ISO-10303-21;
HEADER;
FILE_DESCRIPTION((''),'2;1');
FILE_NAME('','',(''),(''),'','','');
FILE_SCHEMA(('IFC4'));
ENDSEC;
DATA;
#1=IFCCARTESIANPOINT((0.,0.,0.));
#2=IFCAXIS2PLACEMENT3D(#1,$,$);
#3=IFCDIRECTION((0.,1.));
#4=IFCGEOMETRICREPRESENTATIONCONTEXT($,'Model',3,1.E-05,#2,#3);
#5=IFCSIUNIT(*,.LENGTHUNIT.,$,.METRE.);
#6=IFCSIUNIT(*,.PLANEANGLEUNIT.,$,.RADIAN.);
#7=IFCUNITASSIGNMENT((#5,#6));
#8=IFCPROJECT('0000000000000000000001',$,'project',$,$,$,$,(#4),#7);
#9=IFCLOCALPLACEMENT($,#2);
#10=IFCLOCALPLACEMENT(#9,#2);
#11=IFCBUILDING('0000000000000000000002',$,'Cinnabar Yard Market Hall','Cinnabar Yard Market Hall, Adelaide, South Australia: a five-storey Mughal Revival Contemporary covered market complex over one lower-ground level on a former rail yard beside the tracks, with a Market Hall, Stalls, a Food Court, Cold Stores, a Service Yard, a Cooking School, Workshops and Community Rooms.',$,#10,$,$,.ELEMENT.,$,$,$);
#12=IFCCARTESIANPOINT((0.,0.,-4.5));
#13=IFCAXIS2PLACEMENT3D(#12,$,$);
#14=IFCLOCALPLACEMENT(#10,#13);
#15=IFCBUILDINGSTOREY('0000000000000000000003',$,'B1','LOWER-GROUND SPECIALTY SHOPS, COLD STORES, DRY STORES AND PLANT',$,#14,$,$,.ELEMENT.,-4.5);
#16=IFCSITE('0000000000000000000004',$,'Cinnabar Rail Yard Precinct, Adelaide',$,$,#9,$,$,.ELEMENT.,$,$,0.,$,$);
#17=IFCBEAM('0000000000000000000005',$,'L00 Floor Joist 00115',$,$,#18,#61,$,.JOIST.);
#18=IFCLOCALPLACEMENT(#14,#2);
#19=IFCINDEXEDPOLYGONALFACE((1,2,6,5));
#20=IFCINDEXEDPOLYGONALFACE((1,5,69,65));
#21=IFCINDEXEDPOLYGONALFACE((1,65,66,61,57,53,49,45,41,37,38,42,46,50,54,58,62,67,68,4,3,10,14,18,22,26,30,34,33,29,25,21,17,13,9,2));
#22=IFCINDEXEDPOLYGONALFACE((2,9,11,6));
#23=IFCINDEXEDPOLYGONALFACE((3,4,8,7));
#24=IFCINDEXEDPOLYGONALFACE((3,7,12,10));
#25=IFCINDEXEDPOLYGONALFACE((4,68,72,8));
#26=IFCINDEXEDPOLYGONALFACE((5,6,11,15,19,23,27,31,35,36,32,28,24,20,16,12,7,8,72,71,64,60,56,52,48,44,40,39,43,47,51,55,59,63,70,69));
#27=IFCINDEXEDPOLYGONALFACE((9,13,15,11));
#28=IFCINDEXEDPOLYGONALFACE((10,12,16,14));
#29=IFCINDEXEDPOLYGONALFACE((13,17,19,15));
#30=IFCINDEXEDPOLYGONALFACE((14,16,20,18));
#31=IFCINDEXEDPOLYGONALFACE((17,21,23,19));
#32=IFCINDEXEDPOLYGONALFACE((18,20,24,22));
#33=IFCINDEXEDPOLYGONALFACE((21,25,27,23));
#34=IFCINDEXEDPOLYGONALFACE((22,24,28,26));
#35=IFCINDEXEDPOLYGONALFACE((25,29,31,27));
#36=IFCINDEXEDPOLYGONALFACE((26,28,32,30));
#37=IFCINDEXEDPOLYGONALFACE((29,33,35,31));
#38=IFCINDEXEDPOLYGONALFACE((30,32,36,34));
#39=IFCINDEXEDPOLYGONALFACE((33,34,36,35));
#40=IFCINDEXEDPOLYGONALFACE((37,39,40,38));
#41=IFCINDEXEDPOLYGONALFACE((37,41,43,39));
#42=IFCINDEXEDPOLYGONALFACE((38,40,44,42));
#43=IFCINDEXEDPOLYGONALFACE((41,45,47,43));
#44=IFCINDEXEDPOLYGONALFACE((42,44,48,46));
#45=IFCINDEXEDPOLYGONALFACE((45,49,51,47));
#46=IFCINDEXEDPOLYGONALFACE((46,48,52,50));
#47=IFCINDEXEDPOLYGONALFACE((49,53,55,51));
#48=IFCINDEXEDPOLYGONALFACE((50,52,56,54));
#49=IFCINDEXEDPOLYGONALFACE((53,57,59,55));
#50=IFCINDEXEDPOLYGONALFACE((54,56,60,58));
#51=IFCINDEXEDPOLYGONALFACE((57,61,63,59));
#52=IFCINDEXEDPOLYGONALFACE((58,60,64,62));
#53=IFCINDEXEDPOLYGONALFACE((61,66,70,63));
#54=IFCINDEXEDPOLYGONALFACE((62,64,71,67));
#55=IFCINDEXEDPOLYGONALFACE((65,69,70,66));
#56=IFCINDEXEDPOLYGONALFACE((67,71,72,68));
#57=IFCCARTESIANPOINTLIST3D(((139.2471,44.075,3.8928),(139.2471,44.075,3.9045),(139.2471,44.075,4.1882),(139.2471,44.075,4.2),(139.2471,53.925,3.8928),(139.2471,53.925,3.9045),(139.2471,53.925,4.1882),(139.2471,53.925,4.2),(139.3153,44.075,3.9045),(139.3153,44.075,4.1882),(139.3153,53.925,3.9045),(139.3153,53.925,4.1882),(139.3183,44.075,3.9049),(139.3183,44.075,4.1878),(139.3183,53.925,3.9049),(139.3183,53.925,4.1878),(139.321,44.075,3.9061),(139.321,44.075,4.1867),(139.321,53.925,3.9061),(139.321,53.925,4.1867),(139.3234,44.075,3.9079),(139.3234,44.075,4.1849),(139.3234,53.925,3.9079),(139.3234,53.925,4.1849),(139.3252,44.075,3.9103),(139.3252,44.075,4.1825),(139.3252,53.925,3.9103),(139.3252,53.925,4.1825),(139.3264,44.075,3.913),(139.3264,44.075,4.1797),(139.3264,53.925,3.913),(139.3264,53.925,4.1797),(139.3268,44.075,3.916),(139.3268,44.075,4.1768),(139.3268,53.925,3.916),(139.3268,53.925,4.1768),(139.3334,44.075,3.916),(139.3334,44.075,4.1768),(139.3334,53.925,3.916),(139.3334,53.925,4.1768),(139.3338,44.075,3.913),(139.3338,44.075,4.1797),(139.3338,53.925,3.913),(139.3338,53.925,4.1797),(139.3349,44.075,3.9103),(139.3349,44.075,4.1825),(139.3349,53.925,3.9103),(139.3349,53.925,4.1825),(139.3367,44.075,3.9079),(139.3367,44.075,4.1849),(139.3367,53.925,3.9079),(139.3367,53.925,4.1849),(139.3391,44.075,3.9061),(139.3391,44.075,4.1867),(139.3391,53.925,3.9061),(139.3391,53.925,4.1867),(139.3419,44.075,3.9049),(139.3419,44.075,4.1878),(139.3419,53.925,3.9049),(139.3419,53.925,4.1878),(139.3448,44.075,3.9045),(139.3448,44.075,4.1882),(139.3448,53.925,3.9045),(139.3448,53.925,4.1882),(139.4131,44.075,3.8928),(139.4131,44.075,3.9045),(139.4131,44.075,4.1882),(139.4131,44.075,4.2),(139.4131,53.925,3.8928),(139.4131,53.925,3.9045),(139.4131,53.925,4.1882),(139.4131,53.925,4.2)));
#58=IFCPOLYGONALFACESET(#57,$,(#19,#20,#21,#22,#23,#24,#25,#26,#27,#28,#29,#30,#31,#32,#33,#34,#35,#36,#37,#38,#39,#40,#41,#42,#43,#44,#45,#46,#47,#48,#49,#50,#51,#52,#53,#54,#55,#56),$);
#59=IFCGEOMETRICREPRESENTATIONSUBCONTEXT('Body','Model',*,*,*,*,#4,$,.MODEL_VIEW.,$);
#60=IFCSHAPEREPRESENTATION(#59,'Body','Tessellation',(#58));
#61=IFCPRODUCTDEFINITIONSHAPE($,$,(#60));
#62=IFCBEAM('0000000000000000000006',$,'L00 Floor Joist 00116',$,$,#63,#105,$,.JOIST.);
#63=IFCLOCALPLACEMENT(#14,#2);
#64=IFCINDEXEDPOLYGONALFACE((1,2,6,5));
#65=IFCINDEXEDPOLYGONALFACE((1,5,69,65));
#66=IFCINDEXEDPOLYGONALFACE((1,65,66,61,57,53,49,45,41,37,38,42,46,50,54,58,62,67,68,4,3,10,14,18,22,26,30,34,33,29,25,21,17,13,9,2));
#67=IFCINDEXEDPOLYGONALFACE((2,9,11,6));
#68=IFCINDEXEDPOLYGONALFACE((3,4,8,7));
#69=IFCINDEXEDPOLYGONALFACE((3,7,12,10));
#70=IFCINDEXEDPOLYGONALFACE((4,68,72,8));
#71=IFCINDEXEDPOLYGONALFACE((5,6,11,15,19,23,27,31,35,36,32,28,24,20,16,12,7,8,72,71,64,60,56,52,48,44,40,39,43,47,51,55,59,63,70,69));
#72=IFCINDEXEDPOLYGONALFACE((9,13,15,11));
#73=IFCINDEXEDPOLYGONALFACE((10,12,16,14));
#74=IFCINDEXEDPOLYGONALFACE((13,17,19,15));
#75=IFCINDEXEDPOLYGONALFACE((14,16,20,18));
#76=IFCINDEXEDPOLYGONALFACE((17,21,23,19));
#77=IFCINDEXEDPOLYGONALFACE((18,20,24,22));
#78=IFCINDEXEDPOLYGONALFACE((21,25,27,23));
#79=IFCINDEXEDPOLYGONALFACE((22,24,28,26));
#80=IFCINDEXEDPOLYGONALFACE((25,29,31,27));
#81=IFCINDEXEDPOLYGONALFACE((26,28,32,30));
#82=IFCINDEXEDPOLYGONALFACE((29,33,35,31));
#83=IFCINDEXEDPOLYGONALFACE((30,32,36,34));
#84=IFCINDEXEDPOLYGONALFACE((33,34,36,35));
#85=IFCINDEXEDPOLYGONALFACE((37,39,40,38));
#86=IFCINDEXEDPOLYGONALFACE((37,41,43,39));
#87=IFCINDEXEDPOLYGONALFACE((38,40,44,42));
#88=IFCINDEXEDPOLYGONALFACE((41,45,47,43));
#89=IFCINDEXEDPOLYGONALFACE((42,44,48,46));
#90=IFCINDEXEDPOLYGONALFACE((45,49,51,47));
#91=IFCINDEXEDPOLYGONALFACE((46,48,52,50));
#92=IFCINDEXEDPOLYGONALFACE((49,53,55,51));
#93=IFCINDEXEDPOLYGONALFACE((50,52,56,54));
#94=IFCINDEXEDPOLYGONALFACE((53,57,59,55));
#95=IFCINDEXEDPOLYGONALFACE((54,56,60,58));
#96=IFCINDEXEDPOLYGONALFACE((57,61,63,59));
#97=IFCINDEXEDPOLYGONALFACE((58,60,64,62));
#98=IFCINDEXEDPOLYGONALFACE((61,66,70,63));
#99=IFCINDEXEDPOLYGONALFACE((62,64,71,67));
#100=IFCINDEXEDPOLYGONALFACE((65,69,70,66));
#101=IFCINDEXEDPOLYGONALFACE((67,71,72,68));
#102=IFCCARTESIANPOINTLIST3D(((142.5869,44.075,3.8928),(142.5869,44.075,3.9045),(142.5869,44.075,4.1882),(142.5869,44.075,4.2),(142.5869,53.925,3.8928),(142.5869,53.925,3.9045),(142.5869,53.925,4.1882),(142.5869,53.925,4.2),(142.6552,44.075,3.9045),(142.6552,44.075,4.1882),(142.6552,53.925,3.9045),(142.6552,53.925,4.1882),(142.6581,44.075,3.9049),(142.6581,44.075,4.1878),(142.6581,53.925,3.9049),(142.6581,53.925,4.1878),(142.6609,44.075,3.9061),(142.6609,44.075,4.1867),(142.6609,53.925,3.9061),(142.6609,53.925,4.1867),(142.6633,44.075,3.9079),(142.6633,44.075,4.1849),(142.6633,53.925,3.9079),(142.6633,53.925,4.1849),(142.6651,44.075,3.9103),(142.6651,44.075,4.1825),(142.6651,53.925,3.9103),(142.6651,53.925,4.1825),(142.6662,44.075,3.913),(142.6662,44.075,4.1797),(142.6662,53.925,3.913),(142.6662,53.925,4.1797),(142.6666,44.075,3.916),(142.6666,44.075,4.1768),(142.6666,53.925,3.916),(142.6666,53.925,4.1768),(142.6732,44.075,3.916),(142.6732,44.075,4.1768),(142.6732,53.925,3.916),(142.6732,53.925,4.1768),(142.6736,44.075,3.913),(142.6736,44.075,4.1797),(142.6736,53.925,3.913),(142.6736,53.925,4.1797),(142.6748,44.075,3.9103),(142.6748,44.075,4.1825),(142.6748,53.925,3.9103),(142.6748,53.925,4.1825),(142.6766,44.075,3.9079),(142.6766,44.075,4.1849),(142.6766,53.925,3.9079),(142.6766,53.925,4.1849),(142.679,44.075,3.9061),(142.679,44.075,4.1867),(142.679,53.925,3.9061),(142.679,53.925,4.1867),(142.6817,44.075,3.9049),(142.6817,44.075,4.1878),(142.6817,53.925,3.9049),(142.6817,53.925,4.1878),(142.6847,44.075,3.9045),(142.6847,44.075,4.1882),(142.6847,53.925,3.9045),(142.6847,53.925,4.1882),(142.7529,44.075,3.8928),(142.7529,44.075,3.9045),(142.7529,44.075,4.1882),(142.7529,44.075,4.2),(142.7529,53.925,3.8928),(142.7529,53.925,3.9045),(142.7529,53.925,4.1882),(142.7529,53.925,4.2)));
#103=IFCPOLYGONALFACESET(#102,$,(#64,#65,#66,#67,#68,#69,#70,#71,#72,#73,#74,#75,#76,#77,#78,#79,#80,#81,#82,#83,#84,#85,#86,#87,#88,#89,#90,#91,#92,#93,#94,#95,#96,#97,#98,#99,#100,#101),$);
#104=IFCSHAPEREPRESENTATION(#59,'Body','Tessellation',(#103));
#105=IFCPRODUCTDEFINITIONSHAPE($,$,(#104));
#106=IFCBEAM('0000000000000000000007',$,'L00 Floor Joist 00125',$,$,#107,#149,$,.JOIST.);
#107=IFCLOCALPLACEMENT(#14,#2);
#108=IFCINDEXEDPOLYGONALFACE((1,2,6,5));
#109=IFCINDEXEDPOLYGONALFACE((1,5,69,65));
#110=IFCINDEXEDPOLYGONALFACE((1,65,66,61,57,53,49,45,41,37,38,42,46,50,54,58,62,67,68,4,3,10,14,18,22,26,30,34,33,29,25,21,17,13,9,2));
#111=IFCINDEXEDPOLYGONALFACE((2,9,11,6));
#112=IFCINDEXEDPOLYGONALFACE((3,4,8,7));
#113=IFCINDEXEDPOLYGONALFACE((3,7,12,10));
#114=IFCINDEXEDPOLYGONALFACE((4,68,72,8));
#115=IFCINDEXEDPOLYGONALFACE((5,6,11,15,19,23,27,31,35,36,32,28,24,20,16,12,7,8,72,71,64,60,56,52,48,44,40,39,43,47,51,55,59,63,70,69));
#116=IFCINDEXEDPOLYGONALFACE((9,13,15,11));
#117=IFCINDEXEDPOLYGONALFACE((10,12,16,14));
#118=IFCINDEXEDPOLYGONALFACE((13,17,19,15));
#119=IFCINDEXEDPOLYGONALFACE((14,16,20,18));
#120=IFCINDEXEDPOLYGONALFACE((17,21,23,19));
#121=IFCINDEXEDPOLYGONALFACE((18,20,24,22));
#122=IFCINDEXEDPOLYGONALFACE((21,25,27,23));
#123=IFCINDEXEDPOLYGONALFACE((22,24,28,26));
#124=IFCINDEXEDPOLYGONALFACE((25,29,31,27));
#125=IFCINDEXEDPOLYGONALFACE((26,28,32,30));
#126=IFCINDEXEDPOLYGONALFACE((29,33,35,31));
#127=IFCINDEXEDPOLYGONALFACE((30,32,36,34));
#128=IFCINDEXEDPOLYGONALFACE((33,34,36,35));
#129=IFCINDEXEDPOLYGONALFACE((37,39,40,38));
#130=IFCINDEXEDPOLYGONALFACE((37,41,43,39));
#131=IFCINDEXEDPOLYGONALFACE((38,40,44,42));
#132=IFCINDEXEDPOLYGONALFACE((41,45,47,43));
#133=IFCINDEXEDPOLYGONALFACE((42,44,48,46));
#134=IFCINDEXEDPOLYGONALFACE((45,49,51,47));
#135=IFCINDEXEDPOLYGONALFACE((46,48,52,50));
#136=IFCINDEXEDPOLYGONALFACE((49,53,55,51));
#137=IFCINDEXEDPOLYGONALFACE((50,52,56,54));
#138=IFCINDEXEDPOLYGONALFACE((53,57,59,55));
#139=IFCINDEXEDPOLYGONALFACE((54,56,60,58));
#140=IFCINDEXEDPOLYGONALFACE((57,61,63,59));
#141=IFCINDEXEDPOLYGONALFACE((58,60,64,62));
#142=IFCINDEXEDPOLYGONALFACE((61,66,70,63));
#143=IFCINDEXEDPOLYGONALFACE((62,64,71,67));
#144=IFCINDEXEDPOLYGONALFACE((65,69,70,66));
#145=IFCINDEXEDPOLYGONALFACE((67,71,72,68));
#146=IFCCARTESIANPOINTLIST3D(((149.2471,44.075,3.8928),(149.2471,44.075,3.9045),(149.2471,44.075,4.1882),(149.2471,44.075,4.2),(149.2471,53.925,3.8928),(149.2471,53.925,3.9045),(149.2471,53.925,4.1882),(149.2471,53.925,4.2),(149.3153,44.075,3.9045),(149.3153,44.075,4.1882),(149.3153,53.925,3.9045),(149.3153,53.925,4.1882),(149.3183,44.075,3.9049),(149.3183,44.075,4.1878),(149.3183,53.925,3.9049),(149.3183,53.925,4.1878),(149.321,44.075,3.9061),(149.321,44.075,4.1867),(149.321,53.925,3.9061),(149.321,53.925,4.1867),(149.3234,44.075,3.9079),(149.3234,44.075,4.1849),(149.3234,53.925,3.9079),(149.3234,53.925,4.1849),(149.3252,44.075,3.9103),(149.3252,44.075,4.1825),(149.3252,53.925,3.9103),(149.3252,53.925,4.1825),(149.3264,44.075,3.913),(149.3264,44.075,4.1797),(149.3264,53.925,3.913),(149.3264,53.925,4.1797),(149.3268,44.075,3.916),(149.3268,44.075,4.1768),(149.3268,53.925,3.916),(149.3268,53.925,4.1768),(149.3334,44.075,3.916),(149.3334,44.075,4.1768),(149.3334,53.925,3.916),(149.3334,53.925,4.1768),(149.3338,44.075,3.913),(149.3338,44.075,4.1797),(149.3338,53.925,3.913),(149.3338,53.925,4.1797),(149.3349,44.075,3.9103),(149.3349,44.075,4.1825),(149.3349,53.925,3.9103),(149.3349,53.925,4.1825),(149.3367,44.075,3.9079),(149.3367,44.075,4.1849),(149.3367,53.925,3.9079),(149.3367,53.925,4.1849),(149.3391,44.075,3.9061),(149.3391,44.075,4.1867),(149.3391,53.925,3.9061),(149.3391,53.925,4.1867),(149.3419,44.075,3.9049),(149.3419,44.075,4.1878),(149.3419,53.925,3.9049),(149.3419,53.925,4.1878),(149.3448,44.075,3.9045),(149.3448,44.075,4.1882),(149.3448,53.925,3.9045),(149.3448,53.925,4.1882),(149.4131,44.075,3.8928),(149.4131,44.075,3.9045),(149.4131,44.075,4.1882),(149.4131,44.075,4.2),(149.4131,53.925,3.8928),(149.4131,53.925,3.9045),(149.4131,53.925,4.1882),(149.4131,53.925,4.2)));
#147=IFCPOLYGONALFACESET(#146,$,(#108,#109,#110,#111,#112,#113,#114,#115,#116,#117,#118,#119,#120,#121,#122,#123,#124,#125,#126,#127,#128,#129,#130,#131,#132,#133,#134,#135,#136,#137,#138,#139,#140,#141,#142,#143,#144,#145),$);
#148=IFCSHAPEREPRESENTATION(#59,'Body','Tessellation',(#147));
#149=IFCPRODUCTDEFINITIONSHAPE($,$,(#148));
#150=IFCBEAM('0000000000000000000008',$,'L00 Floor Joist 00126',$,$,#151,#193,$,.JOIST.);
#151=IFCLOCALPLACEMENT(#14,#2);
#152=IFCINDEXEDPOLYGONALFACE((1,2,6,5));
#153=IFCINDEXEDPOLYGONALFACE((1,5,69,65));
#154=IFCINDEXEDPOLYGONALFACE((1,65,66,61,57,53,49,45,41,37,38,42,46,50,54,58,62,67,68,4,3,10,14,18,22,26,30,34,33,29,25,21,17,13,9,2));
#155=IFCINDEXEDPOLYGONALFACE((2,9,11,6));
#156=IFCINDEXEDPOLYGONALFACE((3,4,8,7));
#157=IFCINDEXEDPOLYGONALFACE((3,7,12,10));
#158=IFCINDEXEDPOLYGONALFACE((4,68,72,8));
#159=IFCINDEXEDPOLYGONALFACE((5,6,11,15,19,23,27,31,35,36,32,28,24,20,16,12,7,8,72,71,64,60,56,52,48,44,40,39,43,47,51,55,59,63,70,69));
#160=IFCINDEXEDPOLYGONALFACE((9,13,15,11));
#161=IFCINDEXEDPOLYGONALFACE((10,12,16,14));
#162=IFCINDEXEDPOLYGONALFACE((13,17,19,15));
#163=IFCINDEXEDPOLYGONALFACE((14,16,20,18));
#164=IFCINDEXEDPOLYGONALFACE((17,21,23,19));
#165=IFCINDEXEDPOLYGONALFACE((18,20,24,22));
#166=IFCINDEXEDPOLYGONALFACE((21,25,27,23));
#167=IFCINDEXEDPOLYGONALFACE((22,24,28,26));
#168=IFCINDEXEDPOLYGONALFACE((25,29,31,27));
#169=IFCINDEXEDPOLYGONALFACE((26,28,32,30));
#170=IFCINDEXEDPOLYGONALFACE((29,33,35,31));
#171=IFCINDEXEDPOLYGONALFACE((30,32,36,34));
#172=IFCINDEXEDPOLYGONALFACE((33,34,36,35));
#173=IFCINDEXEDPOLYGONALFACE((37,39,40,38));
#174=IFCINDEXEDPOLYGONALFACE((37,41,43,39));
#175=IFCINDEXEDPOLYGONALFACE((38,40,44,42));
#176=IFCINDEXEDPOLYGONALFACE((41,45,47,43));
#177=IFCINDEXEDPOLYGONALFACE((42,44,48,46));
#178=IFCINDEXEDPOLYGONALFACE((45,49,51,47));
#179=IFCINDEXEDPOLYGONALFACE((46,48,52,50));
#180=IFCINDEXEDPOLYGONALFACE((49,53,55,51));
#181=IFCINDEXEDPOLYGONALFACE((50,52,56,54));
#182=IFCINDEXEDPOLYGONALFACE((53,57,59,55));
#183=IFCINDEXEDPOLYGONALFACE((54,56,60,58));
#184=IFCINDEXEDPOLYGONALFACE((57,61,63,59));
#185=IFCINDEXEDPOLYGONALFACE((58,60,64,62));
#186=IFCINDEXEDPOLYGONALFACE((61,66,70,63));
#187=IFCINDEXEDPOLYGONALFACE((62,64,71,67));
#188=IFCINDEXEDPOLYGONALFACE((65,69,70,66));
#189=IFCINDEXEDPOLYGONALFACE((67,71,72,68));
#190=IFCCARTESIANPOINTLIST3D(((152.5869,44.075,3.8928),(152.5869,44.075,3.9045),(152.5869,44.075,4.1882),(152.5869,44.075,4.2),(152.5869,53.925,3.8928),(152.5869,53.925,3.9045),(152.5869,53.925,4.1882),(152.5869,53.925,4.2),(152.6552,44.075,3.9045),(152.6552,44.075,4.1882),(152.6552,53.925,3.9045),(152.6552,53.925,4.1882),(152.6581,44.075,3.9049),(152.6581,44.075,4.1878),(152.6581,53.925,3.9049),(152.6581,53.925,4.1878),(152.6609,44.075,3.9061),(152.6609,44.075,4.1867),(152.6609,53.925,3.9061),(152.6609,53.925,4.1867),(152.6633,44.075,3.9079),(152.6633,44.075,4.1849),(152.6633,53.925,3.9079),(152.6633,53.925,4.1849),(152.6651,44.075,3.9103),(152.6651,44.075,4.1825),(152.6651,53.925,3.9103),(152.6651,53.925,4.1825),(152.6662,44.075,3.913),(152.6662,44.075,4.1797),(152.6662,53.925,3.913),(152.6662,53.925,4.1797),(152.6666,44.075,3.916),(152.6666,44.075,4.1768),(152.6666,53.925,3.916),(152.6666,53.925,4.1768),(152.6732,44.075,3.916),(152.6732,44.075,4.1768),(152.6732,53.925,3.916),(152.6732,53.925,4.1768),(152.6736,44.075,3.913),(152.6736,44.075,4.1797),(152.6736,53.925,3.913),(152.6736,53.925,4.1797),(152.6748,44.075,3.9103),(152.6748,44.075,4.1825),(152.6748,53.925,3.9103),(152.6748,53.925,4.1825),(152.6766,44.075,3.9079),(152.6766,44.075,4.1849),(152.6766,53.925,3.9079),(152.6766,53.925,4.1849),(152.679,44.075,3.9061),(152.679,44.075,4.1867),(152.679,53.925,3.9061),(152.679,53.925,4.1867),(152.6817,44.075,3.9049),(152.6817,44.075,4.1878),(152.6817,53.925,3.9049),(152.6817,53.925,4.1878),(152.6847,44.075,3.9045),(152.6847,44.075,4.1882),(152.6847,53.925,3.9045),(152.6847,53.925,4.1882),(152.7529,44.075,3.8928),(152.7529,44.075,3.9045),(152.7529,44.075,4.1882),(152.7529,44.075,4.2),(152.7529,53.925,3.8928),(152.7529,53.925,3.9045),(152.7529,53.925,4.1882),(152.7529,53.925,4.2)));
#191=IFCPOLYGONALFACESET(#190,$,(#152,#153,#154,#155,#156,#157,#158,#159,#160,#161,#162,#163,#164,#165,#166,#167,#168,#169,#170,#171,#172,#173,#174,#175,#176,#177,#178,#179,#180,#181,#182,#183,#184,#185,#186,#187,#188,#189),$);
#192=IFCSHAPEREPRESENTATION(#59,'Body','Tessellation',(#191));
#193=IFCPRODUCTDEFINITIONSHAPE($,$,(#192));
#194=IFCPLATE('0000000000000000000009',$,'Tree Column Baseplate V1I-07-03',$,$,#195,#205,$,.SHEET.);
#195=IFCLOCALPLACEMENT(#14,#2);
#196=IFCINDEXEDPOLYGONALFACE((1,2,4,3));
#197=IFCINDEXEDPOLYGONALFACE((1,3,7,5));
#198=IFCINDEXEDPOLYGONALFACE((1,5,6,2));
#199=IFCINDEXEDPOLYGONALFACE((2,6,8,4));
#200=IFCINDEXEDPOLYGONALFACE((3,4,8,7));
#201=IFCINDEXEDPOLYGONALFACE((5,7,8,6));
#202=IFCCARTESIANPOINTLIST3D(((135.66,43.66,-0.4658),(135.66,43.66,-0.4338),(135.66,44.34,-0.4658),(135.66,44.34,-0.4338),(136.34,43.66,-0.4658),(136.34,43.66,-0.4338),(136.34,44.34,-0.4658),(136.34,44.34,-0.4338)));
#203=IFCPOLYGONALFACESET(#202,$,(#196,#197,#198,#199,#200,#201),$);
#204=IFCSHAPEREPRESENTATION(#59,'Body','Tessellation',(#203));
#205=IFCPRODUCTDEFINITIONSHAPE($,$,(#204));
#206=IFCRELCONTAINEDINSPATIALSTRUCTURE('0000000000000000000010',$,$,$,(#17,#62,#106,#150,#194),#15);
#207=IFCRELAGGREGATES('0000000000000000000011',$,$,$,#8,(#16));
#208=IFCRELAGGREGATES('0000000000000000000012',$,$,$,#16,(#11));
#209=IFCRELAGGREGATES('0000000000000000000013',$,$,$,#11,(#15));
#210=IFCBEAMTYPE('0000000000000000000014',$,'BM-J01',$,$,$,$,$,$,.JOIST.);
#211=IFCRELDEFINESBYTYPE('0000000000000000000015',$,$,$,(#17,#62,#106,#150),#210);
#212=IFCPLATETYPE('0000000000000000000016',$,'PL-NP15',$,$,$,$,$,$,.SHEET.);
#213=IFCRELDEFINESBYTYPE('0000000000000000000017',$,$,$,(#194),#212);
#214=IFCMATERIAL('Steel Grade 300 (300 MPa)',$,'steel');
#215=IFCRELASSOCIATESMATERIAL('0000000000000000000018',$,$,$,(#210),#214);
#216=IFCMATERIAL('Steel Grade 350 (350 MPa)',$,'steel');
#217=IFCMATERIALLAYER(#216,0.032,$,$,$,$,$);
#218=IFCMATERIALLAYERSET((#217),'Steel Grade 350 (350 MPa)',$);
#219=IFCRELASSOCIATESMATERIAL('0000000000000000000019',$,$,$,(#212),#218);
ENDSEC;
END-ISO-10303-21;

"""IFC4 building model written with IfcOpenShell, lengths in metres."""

from ifc_helpers import new_model, si_unit, direction, frame, origin, origin_2d_with_axis, place, context, subcontext, project, spatial, rectangle, i_section, extrude, material, layer, layer_set, material_profile, profile_set, type_object, element, save


model = new_model("IFC4")

# Units and contexts
model_context = context("Model", 3, precision=1e-05, world=origin(), true_north=direction((0.0, 1.0)))
body_context = subcontext(model_context, "Body", "Model", "MODEL_VIEW")
ifc_project = project(units=[si_unit("LENGTHUNIT", "METRE"), si_unit("PLANEANGLEUNIT", "RADIAN")], contexts=[model_context])

# Site, building, storey
site_placement = place(None, origin())
site = spatial("IfcSite", under=ifc_project, at=site_placement, Name="Cinnabar Rail Yard Precinct, Adelaide", CompositionType="ELEMENT", RefElevation=0.0)
building_placement = place(site_placement, origin())
building = spatial("IfcBuilding", under=site, at=building_placement, Name="Cinnabar Yard Market Hall", Description="Cinnabar Yard Market Hall, Adelaide, South Australia: a five-storey Mughal Revival Contemporary covered market complex over one lower-ground level on a former rail yard beside the tracks, with a Market Hall, Stalls, a Food Court, Cold Stores, a Service Yard, a Cooking School, Workshops and Community Rooms.", CompositionType="ELEMENT")
storey_placement = place(building_placement, frame((0.0, 0.0, -4.5)))
storey = spatial("IfcBuildingStorey", under=building, at=storey_placement, Name="B1", Description="LOWER-GROUND SPECIALTY SHOPS, COLD STORES, DRY STORES AND PLANT", CompositionType="ELEMENT", Elevation=-4.5)

# Beams
ifc_material_1 = material(Name="Steel Grade 300 (300 MPa)", Category="steel")
ifc_material_profile_1 = material_profile(ifc_material_1, i_section(OverallWidth=0.166, OverallDepth=0.3071, WebThickness=0.0066, FlangeThickness=0.0117, FilletRadius=0.0115, at=origin_2d_with_axis()), Name="310UB46.2")
ifc_profile_set_1 = profile_set([ifc_material_profile_1], Name="Steel Grade 300 (300 MPa)")
beam_type_1 = type_object("IfcBeamType", Name="BM-J01", PredefinedType="JOIST", material=ifc_profile_set_1)
for number, where, z_axis, x_axis, name in (
    (1, (139.3301, 44.075, 4.0464), (0.0, 1.0, 0.0), (-1.0, 0.0, 0.0), "L00 Floor Joist 00115"),
    (2, (142.6699, 44.075, 4.0464), (0.0, 1.0, 0.0), (-1.0, 0.0, 0.0), "L00 Floor Joist 00116"),
    (3, (149.3301, 44.075, 4.0464), (0.0, 1.0, 0.0), (-1.0, 0.0, 0.0), "L00 Floor Joist 00125"),
    (4, (152.6699, 44.075, 4.0464), (0.0, 1.0, 0.0), (-1.0, 0.0, 0.0), "L00 Floor Joist 00126"),
):
    element("IfcBeam", number, at=place(storey_placement, frame(where, z_axis=z_axis, x_axis=x_axis)), inside=storey, type_object=beam_type_1, Name=name, PredefinedType="JOIST", context=body_context, shape_type="SweptSolid", body=[
        extrude(i_section(OverallWidth=0.166, OverallDepth=0.3071, WebThickness=0.0066, FlangeThickness=0.0117, FilletRadius=0.0115, at=origin_2d_with_axis()), origin(), (0.0, 0.0, 1.0), 9.8501),
    ])

# Plate
ifc_material_2 = material(Name="Steel Grade 350 (350 MPa)", Category="steel")
ifc_layer_1 = layer(ifc_material_2, 0.032)
ifc_layer_set_1 = layer_set([ifc_layer_1], Name="Steel Grade 350 (350 MPa)")
plate_type = type_object("IfcPlateType", Name="PL-NP15", PredefinedType="SHEET", material=ifc_layer_set_1)
for number, where, z_axis, x_axis, name in (
    (5, (136.0, 44.0, -0.4658), (0.0, 0.0, 1.0), (1.0, 0.0, 0.0), "Tree Column Baseplate V1I-07-03"),
):
    element("IfcPlate", number, at=place(storey_placement, frame(where, z_axis=z_axis, x_axis=x_axis)), inside=storey, type_object=plate_type, Name=name, PredefinedType="SHEET", context=body_context, shape_type="SweptSolid", body=[
        extrude(rectangle(XDim=0.6799, YDim=0.6799, at=origin_2d_with_axis()), origin(), (0.0, 0.0, 1.0), 0.032),
    ])

save(model, "model.ifc")
